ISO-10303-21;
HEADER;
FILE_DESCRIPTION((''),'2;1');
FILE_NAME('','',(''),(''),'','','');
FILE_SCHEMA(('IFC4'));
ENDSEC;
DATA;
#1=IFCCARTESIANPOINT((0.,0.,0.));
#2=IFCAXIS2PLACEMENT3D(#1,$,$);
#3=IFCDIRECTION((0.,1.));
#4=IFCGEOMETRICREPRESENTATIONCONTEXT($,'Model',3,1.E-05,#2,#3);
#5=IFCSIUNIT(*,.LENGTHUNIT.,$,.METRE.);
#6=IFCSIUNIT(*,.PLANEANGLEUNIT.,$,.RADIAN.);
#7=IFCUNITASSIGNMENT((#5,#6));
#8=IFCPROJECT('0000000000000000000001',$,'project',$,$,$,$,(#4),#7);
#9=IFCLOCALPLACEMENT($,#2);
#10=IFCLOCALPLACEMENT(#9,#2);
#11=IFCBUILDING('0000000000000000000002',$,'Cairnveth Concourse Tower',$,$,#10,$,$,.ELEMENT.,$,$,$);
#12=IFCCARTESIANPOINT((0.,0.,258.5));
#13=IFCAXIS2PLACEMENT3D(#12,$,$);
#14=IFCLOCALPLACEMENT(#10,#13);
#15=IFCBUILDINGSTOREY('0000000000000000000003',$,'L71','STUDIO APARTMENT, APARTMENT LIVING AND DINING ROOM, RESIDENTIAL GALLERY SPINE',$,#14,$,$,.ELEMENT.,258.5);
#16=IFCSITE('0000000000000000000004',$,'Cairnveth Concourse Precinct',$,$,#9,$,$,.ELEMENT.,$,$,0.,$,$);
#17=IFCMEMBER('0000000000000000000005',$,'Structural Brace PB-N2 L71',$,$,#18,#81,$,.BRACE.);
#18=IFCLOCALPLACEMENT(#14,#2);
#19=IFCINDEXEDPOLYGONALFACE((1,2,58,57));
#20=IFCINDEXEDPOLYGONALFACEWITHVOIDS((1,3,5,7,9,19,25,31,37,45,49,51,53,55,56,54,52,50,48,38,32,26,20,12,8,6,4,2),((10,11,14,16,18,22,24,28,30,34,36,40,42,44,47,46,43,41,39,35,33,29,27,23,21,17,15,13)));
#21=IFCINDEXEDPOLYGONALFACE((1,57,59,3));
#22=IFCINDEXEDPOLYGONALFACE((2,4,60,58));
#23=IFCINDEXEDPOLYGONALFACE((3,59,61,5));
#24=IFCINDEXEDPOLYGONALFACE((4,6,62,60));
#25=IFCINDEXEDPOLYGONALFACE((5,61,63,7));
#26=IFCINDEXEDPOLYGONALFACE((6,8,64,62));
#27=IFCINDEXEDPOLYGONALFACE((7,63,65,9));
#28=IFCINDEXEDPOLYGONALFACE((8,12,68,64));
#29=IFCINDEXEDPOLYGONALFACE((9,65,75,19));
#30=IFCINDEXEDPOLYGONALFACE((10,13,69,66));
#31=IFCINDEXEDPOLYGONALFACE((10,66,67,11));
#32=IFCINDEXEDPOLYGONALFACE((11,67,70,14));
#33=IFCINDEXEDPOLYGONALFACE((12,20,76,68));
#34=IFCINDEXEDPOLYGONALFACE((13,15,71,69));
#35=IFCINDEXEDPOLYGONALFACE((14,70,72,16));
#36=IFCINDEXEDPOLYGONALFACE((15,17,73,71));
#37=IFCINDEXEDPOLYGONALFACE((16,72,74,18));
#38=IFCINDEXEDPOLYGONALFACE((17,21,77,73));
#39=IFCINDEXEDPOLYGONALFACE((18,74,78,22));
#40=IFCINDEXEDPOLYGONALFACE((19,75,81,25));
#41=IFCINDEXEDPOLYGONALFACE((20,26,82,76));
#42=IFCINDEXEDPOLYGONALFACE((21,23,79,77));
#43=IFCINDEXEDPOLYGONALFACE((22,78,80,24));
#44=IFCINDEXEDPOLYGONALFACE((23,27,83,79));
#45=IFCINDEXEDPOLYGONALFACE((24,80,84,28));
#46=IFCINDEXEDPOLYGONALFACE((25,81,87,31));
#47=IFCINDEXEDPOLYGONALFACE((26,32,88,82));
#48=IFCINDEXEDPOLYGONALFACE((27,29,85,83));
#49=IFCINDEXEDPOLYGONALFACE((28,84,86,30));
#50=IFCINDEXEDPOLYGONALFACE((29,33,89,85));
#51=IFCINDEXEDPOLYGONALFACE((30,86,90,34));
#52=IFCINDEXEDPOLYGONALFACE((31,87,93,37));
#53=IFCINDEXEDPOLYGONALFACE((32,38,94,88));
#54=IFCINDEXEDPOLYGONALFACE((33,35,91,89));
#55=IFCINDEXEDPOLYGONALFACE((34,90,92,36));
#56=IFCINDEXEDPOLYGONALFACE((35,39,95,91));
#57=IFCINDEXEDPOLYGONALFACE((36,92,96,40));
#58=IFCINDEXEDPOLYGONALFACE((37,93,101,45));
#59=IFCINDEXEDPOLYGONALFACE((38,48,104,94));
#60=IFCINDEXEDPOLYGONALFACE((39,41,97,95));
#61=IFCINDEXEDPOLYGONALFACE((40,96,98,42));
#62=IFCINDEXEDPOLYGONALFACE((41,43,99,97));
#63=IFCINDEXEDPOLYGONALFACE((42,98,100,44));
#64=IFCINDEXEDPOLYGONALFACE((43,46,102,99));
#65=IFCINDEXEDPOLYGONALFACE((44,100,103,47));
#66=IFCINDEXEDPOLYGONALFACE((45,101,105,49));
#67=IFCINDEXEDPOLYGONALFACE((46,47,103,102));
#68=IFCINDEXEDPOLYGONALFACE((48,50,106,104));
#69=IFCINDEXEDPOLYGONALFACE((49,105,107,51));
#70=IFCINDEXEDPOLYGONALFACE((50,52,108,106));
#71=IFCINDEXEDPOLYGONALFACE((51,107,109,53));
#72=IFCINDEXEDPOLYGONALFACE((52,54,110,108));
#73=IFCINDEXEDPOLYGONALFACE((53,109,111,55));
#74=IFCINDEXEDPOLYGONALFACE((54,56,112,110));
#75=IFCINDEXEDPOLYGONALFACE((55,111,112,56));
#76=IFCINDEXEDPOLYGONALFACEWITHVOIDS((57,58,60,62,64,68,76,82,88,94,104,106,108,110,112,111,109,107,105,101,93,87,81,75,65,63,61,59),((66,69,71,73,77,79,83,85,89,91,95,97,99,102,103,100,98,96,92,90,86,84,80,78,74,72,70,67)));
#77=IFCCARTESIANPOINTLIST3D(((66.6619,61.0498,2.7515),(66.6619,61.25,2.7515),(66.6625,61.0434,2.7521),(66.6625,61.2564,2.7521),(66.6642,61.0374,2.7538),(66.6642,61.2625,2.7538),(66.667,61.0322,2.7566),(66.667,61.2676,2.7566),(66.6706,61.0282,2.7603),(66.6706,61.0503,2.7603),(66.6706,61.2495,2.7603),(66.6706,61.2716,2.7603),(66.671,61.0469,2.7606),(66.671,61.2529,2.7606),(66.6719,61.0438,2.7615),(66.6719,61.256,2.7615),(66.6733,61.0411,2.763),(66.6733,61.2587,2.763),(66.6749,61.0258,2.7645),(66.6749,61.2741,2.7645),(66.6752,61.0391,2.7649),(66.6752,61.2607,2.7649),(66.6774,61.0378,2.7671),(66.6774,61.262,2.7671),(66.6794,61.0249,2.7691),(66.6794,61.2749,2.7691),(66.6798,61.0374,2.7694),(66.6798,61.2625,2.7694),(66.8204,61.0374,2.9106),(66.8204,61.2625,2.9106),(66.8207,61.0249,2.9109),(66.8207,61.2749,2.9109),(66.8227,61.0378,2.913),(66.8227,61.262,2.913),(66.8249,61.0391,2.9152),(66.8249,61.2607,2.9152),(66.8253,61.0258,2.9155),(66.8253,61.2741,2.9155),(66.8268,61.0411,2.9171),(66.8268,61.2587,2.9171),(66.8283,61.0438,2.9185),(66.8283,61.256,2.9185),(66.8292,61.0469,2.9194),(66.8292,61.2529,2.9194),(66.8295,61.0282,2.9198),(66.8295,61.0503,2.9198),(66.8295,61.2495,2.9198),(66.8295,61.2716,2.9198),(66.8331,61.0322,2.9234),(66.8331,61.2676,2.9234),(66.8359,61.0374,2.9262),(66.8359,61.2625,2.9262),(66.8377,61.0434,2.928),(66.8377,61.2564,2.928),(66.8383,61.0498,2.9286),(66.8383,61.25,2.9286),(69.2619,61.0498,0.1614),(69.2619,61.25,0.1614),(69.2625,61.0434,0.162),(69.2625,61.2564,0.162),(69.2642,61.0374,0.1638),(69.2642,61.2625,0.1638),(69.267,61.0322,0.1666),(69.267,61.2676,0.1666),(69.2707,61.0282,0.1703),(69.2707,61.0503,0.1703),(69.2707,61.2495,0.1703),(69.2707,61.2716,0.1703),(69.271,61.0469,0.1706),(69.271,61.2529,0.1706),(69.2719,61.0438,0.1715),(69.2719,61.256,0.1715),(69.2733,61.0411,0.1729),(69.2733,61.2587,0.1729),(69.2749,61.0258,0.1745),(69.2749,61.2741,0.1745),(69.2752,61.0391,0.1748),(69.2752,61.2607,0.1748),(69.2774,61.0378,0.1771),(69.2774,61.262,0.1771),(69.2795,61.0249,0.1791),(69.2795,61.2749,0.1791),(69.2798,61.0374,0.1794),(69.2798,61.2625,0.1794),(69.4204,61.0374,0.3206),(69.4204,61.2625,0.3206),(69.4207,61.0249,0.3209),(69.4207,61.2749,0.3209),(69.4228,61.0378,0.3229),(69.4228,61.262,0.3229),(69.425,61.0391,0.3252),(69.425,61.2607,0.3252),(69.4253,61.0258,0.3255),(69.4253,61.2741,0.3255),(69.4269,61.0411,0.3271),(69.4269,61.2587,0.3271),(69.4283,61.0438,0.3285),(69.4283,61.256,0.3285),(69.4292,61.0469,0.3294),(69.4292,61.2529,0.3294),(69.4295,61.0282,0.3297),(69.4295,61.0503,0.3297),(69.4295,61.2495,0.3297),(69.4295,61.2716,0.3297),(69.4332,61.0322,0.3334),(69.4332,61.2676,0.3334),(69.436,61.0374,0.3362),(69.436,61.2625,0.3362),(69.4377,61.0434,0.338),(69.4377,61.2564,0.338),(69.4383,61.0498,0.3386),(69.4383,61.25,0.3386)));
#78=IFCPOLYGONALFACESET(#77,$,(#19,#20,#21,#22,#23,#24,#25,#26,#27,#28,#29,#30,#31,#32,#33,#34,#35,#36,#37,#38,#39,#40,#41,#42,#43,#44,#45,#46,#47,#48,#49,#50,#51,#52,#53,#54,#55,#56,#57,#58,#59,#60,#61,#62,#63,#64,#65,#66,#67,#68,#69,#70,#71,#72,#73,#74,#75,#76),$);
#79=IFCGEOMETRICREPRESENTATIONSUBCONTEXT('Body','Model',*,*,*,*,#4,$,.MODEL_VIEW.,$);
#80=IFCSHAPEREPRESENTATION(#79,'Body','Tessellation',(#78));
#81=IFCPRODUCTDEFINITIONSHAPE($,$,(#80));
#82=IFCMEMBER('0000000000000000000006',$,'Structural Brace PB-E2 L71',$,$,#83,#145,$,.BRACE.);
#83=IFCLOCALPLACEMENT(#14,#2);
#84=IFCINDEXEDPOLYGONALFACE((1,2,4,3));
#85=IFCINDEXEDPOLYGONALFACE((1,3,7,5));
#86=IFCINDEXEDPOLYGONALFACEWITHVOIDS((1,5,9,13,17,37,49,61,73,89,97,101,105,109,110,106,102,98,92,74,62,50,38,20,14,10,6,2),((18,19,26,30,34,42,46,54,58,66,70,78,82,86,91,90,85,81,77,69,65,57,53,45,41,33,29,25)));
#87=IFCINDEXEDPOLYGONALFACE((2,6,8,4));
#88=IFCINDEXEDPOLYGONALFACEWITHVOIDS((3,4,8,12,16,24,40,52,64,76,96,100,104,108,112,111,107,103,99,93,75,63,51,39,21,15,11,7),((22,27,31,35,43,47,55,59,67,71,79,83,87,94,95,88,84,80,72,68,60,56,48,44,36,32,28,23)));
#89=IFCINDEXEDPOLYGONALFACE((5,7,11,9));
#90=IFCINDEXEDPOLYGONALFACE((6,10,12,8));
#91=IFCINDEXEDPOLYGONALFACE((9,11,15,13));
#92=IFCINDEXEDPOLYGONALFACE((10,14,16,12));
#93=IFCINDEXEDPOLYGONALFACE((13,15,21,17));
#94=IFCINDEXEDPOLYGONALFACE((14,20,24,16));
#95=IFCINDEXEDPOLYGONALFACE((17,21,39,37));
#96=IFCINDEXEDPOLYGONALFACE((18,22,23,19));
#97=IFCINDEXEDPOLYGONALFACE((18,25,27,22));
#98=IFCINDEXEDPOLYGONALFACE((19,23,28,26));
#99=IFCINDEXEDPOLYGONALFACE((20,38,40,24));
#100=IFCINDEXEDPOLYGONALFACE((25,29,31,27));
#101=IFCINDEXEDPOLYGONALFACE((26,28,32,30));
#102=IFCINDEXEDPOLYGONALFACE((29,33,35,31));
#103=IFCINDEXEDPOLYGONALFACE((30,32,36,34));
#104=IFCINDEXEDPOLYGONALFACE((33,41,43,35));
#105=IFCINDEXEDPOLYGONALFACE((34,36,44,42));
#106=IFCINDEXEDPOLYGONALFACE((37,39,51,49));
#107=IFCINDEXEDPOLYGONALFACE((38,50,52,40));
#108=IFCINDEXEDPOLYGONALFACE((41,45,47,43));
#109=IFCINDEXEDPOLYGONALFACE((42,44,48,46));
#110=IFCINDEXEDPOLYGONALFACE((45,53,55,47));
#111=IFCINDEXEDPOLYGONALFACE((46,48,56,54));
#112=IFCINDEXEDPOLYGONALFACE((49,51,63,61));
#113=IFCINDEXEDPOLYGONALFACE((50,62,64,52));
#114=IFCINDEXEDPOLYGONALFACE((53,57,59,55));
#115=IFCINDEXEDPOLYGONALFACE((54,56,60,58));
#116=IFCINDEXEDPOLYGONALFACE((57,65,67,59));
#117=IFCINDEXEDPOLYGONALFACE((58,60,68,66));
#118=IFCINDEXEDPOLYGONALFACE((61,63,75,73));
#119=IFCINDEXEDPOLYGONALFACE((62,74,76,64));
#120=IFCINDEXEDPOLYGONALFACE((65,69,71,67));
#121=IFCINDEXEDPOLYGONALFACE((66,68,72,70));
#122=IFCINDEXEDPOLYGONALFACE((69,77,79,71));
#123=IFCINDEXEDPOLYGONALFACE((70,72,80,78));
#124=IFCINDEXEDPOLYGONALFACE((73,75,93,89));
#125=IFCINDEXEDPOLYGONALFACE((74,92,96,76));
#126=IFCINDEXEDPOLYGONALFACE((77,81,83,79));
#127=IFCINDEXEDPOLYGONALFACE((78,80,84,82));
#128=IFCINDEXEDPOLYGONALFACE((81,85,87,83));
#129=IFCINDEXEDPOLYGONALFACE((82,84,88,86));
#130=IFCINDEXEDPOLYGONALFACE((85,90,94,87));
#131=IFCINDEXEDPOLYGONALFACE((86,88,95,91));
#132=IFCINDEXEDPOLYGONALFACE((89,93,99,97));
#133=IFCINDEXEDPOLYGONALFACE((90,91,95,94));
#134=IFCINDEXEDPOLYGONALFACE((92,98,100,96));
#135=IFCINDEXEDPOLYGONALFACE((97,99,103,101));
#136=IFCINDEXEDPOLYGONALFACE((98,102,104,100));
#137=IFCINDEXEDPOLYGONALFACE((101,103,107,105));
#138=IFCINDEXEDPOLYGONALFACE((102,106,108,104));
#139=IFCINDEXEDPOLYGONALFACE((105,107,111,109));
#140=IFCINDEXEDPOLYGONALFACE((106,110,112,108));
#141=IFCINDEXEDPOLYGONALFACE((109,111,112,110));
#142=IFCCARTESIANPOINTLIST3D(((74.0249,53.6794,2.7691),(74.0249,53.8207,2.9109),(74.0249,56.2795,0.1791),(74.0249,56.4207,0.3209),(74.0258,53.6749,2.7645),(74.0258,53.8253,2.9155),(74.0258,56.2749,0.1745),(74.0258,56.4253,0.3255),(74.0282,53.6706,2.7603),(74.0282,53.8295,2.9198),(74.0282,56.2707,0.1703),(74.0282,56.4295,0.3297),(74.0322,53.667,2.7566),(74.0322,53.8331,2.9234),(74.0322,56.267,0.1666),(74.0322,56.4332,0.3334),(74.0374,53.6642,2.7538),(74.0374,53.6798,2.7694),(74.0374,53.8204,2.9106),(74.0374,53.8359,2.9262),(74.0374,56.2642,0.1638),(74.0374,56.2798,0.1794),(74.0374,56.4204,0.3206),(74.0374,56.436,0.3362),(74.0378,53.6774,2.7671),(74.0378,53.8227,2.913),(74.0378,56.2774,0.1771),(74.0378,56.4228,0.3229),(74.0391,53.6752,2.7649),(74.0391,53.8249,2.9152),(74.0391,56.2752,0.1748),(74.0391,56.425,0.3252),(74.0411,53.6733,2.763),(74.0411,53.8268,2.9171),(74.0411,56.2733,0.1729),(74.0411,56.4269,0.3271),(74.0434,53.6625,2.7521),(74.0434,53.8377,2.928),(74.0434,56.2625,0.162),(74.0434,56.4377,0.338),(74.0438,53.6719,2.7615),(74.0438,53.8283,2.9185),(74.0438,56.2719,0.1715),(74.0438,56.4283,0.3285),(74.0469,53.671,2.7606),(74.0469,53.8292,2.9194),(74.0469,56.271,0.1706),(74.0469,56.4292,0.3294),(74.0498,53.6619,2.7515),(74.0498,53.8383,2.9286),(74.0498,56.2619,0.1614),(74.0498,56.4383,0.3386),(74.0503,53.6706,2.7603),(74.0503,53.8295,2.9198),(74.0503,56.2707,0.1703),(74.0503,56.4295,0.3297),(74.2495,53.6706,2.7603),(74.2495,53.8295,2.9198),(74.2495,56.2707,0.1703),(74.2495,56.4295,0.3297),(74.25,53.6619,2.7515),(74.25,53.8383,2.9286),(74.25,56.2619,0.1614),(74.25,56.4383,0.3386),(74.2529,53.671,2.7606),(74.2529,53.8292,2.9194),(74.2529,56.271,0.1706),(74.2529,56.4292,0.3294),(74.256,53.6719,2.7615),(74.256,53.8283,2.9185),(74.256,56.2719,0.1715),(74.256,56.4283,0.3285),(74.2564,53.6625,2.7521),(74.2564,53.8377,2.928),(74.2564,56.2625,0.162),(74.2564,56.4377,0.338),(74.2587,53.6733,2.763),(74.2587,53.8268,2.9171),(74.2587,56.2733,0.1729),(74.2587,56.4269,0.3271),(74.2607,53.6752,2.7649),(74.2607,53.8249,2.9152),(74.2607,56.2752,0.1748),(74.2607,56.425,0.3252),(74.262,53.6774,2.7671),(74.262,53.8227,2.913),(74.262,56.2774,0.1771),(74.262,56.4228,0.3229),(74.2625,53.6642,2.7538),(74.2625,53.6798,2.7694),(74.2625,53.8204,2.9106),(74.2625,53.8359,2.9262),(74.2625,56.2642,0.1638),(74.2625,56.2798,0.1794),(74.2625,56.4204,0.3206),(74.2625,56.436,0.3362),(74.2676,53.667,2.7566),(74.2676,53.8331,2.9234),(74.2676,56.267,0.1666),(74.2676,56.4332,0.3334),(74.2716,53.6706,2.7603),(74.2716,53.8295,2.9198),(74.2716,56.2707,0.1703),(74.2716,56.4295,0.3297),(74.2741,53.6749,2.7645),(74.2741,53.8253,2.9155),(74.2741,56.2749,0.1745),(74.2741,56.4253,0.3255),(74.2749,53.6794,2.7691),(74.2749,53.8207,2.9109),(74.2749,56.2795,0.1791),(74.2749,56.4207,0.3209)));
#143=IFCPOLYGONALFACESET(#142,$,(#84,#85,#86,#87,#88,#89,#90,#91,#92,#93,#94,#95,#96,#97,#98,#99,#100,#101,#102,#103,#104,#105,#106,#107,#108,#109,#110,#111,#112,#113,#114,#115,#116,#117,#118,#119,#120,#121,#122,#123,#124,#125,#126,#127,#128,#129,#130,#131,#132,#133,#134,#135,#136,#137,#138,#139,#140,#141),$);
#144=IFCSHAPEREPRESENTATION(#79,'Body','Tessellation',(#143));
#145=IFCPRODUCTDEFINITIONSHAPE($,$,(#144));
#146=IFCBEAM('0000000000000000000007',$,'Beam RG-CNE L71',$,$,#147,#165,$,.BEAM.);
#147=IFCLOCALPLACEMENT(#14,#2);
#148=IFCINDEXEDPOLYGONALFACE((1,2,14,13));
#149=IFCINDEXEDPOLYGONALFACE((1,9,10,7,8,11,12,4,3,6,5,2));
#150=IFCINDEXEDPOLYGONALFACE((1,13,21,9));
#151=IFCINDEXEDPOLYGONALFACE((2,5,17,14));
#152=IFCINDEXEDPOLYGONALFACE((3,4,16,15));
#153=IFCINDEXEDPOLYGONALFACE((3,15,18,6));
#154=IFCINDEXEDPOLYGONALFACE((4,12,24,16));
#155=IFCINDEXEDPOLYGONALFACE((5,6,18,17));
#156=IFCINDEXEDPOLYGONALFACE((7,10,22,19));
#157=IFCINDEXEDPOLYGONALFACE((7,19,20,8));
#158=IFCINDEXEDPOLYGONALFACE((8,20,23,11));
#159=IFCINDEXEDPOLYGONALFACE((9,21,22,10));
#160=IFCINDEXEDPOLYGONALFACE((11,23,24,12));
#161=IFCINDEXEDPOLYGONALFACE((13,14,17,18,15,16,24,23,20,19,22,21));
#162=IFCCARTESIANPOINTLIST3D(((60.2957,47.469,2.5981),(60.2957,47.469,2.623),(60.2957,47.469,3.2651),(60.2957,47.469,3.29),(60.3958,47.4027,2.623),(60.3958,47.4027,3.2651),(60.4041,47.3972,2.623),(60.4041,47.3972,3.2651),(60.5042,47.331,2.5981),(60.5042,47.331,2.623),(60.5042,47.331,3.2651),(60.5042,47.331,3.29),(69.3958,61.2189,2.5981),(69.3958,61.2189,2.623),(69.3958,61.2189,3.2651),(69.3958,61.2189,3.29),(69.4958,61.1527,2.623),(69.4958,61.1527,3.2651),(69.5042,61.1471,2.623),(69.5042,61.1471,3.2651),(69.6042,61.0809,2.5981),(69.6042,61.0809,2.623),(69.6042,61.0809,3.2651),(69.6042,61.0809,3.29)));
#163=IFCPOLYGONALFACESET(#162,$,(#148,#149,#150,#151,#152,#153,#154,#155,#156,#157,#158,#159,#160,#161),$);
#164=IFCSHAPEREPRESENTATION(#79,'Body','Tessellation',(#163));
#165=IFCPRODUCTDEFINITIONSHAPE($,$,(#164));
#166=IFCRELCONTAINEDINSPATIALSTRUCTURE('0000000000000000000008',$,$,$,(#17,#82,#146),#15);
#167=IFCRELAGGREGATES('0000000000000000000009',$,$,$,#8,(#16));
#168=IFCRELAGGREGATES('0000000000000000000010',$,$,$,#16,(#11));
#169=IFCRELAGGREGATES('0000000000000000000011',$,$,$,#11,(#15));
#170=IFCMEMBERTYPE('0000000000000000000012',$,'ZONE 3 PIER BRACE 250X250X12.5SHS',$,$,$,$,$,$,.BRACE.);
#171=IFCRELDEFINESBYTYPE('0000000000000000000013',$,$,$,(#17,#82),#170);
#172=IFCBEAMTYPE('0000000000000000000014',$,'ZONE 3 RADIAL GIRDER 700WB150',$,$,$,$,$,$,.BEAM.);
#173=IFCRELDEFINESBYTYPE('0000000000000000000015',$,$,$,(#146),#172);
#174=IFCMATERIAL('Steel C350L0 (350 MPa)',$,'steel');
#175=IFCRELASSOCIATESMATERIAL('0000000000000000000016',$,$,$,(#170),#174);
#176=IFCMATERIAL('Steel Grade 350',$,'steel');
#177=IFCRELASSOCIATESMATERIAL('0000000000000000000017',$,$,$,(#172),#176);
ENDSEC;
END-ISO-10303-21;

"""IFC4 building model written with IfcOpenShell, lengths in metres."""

from ifc_helpers import new_model, si_unit, direction, frame, origin, origin_2d, place, context, subcontext, project, spatial, hollow_rectangle, i_section, extrude, material, material_profile, profile_set, type_object, element, save


model = new_model("IFC4")

# Units and contexts
model_context = context("Model", 3, precision=1e-05, world=origin(), true_north=direction((0.0, 1.0)))
body_context = subcontext(model_context, "Body", "Model", "MODEL_VIEW")
ifc_project = project(units=[si_unit("LENGTHUNIT", "METRE"), si_unit("PLANEANGLEUNIT", "RADIAN")], contexts=[model_context])

# Site, building, storey
site_placement = place(None, origin())
site = spatial("IfcSite", under=ifc_project, at=site_placement, Name="Cairnveth Concourse Precinct", CompositionType="ELEMENT", RefElevation=0.0)
building_placement = place(site_placement, origin())
building = spatial("IfcBuilding", under=site, at=building_placement, Name="Cairnveth Concourse Tower", CompositionType="ELEMENT")
storey_placement = place(building_placement, frame((0.0, 0.0, 258.5)))
storey = spatial("IfcBuildingStorey", under=building, at=storey_placement, Name="L71", Description="STUDIO APARTMENT, APARTMENT LIVING AND DINING ROOM, RESIDENTIAL GALLERY SPINE", CompositionType="ELEMENT", Elevation=258.5)

# Shared definitions
ifc_material_1 = material(Name="Steel Grade 350", Category="steel")

# Members
ifc_material_2 = material(Name="Steel C350L0 (350 MPa)", Category="steel")
ifc_material_profile_1 = material_profile(ifc_material_2, hollow_rectangle(XDim=0.25, YDim=0.25, WallThickness=0.0125, InnerFilletRadius=0.0129, OuterFilletRadius=0.0249, at=origin_2d()), Name="250x250x12.5SHS")
ifc_profile_set_1 = profile_set([ifc_material_profile_1], Name="Steel C350L0 (350 MPa)")
member_type = type_object("IfcMemberType", Name="ZONE 3 PIER BRACE 250X250X12.5SHS", PredefinedType="BRACE", material=ifc_profile_set_1)
for number, where, z_axis, x_axis, name in (
    (1, (69.3501, 61.1499, 0.25), (-0.708469, 0.0, 0.705742), (0.0, -1.0, 0.0), "Structural Brace PB-N2 L71"),
    (2, (74.1499, 56.3501, 0.25), (0.0, -0.708469, 0.705742), (1.0, 0.0, 0.0), "Structural Brace PB-E2 L71"),
):
    element("IfcMember", number, at=place(storey_placement, frame(where, z_axis=z_axis, x_axis=x_axis)), inside=storey, type_object=member_type, Name=name, PredefinedType="BRACE", context=body_context, shape_type="SweptSolid", body=[
        extrude(hollow_rectangle(XDim=0.25, YDim=0.25, WallThickness=0.0125, InnerFilletRadius=0.0129, OuterFilletRadius=0.0249, at=origin_2d()), origin(), (0.0, 0.0, 1.0), 3.6699),
    ])

# Beam
ifc_material_profile_2 = material_profile(ifc_material_1, i_section(OverallWidth=0.25, OverallDepth=0.6919, WebThickness=0.01, FlangeThickness=0.0249, at=origin_2d()), Name="700WB150")
ifc_profile_set_2 = profile_set([ifc_material_profile_2], Name="Steel Grade 350")
beam_type_1 = type_object("IfcBeamType", Name="ZONE 3 RADIAL GIRDER 700WB150", PredefinedType="BEAM", material=ifc_profile_set_2)
beam_1_placement = place(storey_placement, frame((69.5, 61.1499, 2.9441), z_axis=(-0.551902, -0.833909, 0.0), x_axis=(0.833909, -0.551902, 0.0)))
element("IfcBeam", 3, at=beam_1_placement, inside=storey, type_object=beam_type_1, Name="Beam RG-CNE L71", PredefinedType="BEAM", context=body_context, shape_type="SweptSolid", body=[
    extrude(i_section(OverallWidth=0.25, OverallDepth=0.6919, WebThickness=0.01, FlangeThickness=0.0249, at=origin_2d()), origin(), (0.0, 0.0, 1.0), 16.4885),
])

save(model, "model.ifc")
